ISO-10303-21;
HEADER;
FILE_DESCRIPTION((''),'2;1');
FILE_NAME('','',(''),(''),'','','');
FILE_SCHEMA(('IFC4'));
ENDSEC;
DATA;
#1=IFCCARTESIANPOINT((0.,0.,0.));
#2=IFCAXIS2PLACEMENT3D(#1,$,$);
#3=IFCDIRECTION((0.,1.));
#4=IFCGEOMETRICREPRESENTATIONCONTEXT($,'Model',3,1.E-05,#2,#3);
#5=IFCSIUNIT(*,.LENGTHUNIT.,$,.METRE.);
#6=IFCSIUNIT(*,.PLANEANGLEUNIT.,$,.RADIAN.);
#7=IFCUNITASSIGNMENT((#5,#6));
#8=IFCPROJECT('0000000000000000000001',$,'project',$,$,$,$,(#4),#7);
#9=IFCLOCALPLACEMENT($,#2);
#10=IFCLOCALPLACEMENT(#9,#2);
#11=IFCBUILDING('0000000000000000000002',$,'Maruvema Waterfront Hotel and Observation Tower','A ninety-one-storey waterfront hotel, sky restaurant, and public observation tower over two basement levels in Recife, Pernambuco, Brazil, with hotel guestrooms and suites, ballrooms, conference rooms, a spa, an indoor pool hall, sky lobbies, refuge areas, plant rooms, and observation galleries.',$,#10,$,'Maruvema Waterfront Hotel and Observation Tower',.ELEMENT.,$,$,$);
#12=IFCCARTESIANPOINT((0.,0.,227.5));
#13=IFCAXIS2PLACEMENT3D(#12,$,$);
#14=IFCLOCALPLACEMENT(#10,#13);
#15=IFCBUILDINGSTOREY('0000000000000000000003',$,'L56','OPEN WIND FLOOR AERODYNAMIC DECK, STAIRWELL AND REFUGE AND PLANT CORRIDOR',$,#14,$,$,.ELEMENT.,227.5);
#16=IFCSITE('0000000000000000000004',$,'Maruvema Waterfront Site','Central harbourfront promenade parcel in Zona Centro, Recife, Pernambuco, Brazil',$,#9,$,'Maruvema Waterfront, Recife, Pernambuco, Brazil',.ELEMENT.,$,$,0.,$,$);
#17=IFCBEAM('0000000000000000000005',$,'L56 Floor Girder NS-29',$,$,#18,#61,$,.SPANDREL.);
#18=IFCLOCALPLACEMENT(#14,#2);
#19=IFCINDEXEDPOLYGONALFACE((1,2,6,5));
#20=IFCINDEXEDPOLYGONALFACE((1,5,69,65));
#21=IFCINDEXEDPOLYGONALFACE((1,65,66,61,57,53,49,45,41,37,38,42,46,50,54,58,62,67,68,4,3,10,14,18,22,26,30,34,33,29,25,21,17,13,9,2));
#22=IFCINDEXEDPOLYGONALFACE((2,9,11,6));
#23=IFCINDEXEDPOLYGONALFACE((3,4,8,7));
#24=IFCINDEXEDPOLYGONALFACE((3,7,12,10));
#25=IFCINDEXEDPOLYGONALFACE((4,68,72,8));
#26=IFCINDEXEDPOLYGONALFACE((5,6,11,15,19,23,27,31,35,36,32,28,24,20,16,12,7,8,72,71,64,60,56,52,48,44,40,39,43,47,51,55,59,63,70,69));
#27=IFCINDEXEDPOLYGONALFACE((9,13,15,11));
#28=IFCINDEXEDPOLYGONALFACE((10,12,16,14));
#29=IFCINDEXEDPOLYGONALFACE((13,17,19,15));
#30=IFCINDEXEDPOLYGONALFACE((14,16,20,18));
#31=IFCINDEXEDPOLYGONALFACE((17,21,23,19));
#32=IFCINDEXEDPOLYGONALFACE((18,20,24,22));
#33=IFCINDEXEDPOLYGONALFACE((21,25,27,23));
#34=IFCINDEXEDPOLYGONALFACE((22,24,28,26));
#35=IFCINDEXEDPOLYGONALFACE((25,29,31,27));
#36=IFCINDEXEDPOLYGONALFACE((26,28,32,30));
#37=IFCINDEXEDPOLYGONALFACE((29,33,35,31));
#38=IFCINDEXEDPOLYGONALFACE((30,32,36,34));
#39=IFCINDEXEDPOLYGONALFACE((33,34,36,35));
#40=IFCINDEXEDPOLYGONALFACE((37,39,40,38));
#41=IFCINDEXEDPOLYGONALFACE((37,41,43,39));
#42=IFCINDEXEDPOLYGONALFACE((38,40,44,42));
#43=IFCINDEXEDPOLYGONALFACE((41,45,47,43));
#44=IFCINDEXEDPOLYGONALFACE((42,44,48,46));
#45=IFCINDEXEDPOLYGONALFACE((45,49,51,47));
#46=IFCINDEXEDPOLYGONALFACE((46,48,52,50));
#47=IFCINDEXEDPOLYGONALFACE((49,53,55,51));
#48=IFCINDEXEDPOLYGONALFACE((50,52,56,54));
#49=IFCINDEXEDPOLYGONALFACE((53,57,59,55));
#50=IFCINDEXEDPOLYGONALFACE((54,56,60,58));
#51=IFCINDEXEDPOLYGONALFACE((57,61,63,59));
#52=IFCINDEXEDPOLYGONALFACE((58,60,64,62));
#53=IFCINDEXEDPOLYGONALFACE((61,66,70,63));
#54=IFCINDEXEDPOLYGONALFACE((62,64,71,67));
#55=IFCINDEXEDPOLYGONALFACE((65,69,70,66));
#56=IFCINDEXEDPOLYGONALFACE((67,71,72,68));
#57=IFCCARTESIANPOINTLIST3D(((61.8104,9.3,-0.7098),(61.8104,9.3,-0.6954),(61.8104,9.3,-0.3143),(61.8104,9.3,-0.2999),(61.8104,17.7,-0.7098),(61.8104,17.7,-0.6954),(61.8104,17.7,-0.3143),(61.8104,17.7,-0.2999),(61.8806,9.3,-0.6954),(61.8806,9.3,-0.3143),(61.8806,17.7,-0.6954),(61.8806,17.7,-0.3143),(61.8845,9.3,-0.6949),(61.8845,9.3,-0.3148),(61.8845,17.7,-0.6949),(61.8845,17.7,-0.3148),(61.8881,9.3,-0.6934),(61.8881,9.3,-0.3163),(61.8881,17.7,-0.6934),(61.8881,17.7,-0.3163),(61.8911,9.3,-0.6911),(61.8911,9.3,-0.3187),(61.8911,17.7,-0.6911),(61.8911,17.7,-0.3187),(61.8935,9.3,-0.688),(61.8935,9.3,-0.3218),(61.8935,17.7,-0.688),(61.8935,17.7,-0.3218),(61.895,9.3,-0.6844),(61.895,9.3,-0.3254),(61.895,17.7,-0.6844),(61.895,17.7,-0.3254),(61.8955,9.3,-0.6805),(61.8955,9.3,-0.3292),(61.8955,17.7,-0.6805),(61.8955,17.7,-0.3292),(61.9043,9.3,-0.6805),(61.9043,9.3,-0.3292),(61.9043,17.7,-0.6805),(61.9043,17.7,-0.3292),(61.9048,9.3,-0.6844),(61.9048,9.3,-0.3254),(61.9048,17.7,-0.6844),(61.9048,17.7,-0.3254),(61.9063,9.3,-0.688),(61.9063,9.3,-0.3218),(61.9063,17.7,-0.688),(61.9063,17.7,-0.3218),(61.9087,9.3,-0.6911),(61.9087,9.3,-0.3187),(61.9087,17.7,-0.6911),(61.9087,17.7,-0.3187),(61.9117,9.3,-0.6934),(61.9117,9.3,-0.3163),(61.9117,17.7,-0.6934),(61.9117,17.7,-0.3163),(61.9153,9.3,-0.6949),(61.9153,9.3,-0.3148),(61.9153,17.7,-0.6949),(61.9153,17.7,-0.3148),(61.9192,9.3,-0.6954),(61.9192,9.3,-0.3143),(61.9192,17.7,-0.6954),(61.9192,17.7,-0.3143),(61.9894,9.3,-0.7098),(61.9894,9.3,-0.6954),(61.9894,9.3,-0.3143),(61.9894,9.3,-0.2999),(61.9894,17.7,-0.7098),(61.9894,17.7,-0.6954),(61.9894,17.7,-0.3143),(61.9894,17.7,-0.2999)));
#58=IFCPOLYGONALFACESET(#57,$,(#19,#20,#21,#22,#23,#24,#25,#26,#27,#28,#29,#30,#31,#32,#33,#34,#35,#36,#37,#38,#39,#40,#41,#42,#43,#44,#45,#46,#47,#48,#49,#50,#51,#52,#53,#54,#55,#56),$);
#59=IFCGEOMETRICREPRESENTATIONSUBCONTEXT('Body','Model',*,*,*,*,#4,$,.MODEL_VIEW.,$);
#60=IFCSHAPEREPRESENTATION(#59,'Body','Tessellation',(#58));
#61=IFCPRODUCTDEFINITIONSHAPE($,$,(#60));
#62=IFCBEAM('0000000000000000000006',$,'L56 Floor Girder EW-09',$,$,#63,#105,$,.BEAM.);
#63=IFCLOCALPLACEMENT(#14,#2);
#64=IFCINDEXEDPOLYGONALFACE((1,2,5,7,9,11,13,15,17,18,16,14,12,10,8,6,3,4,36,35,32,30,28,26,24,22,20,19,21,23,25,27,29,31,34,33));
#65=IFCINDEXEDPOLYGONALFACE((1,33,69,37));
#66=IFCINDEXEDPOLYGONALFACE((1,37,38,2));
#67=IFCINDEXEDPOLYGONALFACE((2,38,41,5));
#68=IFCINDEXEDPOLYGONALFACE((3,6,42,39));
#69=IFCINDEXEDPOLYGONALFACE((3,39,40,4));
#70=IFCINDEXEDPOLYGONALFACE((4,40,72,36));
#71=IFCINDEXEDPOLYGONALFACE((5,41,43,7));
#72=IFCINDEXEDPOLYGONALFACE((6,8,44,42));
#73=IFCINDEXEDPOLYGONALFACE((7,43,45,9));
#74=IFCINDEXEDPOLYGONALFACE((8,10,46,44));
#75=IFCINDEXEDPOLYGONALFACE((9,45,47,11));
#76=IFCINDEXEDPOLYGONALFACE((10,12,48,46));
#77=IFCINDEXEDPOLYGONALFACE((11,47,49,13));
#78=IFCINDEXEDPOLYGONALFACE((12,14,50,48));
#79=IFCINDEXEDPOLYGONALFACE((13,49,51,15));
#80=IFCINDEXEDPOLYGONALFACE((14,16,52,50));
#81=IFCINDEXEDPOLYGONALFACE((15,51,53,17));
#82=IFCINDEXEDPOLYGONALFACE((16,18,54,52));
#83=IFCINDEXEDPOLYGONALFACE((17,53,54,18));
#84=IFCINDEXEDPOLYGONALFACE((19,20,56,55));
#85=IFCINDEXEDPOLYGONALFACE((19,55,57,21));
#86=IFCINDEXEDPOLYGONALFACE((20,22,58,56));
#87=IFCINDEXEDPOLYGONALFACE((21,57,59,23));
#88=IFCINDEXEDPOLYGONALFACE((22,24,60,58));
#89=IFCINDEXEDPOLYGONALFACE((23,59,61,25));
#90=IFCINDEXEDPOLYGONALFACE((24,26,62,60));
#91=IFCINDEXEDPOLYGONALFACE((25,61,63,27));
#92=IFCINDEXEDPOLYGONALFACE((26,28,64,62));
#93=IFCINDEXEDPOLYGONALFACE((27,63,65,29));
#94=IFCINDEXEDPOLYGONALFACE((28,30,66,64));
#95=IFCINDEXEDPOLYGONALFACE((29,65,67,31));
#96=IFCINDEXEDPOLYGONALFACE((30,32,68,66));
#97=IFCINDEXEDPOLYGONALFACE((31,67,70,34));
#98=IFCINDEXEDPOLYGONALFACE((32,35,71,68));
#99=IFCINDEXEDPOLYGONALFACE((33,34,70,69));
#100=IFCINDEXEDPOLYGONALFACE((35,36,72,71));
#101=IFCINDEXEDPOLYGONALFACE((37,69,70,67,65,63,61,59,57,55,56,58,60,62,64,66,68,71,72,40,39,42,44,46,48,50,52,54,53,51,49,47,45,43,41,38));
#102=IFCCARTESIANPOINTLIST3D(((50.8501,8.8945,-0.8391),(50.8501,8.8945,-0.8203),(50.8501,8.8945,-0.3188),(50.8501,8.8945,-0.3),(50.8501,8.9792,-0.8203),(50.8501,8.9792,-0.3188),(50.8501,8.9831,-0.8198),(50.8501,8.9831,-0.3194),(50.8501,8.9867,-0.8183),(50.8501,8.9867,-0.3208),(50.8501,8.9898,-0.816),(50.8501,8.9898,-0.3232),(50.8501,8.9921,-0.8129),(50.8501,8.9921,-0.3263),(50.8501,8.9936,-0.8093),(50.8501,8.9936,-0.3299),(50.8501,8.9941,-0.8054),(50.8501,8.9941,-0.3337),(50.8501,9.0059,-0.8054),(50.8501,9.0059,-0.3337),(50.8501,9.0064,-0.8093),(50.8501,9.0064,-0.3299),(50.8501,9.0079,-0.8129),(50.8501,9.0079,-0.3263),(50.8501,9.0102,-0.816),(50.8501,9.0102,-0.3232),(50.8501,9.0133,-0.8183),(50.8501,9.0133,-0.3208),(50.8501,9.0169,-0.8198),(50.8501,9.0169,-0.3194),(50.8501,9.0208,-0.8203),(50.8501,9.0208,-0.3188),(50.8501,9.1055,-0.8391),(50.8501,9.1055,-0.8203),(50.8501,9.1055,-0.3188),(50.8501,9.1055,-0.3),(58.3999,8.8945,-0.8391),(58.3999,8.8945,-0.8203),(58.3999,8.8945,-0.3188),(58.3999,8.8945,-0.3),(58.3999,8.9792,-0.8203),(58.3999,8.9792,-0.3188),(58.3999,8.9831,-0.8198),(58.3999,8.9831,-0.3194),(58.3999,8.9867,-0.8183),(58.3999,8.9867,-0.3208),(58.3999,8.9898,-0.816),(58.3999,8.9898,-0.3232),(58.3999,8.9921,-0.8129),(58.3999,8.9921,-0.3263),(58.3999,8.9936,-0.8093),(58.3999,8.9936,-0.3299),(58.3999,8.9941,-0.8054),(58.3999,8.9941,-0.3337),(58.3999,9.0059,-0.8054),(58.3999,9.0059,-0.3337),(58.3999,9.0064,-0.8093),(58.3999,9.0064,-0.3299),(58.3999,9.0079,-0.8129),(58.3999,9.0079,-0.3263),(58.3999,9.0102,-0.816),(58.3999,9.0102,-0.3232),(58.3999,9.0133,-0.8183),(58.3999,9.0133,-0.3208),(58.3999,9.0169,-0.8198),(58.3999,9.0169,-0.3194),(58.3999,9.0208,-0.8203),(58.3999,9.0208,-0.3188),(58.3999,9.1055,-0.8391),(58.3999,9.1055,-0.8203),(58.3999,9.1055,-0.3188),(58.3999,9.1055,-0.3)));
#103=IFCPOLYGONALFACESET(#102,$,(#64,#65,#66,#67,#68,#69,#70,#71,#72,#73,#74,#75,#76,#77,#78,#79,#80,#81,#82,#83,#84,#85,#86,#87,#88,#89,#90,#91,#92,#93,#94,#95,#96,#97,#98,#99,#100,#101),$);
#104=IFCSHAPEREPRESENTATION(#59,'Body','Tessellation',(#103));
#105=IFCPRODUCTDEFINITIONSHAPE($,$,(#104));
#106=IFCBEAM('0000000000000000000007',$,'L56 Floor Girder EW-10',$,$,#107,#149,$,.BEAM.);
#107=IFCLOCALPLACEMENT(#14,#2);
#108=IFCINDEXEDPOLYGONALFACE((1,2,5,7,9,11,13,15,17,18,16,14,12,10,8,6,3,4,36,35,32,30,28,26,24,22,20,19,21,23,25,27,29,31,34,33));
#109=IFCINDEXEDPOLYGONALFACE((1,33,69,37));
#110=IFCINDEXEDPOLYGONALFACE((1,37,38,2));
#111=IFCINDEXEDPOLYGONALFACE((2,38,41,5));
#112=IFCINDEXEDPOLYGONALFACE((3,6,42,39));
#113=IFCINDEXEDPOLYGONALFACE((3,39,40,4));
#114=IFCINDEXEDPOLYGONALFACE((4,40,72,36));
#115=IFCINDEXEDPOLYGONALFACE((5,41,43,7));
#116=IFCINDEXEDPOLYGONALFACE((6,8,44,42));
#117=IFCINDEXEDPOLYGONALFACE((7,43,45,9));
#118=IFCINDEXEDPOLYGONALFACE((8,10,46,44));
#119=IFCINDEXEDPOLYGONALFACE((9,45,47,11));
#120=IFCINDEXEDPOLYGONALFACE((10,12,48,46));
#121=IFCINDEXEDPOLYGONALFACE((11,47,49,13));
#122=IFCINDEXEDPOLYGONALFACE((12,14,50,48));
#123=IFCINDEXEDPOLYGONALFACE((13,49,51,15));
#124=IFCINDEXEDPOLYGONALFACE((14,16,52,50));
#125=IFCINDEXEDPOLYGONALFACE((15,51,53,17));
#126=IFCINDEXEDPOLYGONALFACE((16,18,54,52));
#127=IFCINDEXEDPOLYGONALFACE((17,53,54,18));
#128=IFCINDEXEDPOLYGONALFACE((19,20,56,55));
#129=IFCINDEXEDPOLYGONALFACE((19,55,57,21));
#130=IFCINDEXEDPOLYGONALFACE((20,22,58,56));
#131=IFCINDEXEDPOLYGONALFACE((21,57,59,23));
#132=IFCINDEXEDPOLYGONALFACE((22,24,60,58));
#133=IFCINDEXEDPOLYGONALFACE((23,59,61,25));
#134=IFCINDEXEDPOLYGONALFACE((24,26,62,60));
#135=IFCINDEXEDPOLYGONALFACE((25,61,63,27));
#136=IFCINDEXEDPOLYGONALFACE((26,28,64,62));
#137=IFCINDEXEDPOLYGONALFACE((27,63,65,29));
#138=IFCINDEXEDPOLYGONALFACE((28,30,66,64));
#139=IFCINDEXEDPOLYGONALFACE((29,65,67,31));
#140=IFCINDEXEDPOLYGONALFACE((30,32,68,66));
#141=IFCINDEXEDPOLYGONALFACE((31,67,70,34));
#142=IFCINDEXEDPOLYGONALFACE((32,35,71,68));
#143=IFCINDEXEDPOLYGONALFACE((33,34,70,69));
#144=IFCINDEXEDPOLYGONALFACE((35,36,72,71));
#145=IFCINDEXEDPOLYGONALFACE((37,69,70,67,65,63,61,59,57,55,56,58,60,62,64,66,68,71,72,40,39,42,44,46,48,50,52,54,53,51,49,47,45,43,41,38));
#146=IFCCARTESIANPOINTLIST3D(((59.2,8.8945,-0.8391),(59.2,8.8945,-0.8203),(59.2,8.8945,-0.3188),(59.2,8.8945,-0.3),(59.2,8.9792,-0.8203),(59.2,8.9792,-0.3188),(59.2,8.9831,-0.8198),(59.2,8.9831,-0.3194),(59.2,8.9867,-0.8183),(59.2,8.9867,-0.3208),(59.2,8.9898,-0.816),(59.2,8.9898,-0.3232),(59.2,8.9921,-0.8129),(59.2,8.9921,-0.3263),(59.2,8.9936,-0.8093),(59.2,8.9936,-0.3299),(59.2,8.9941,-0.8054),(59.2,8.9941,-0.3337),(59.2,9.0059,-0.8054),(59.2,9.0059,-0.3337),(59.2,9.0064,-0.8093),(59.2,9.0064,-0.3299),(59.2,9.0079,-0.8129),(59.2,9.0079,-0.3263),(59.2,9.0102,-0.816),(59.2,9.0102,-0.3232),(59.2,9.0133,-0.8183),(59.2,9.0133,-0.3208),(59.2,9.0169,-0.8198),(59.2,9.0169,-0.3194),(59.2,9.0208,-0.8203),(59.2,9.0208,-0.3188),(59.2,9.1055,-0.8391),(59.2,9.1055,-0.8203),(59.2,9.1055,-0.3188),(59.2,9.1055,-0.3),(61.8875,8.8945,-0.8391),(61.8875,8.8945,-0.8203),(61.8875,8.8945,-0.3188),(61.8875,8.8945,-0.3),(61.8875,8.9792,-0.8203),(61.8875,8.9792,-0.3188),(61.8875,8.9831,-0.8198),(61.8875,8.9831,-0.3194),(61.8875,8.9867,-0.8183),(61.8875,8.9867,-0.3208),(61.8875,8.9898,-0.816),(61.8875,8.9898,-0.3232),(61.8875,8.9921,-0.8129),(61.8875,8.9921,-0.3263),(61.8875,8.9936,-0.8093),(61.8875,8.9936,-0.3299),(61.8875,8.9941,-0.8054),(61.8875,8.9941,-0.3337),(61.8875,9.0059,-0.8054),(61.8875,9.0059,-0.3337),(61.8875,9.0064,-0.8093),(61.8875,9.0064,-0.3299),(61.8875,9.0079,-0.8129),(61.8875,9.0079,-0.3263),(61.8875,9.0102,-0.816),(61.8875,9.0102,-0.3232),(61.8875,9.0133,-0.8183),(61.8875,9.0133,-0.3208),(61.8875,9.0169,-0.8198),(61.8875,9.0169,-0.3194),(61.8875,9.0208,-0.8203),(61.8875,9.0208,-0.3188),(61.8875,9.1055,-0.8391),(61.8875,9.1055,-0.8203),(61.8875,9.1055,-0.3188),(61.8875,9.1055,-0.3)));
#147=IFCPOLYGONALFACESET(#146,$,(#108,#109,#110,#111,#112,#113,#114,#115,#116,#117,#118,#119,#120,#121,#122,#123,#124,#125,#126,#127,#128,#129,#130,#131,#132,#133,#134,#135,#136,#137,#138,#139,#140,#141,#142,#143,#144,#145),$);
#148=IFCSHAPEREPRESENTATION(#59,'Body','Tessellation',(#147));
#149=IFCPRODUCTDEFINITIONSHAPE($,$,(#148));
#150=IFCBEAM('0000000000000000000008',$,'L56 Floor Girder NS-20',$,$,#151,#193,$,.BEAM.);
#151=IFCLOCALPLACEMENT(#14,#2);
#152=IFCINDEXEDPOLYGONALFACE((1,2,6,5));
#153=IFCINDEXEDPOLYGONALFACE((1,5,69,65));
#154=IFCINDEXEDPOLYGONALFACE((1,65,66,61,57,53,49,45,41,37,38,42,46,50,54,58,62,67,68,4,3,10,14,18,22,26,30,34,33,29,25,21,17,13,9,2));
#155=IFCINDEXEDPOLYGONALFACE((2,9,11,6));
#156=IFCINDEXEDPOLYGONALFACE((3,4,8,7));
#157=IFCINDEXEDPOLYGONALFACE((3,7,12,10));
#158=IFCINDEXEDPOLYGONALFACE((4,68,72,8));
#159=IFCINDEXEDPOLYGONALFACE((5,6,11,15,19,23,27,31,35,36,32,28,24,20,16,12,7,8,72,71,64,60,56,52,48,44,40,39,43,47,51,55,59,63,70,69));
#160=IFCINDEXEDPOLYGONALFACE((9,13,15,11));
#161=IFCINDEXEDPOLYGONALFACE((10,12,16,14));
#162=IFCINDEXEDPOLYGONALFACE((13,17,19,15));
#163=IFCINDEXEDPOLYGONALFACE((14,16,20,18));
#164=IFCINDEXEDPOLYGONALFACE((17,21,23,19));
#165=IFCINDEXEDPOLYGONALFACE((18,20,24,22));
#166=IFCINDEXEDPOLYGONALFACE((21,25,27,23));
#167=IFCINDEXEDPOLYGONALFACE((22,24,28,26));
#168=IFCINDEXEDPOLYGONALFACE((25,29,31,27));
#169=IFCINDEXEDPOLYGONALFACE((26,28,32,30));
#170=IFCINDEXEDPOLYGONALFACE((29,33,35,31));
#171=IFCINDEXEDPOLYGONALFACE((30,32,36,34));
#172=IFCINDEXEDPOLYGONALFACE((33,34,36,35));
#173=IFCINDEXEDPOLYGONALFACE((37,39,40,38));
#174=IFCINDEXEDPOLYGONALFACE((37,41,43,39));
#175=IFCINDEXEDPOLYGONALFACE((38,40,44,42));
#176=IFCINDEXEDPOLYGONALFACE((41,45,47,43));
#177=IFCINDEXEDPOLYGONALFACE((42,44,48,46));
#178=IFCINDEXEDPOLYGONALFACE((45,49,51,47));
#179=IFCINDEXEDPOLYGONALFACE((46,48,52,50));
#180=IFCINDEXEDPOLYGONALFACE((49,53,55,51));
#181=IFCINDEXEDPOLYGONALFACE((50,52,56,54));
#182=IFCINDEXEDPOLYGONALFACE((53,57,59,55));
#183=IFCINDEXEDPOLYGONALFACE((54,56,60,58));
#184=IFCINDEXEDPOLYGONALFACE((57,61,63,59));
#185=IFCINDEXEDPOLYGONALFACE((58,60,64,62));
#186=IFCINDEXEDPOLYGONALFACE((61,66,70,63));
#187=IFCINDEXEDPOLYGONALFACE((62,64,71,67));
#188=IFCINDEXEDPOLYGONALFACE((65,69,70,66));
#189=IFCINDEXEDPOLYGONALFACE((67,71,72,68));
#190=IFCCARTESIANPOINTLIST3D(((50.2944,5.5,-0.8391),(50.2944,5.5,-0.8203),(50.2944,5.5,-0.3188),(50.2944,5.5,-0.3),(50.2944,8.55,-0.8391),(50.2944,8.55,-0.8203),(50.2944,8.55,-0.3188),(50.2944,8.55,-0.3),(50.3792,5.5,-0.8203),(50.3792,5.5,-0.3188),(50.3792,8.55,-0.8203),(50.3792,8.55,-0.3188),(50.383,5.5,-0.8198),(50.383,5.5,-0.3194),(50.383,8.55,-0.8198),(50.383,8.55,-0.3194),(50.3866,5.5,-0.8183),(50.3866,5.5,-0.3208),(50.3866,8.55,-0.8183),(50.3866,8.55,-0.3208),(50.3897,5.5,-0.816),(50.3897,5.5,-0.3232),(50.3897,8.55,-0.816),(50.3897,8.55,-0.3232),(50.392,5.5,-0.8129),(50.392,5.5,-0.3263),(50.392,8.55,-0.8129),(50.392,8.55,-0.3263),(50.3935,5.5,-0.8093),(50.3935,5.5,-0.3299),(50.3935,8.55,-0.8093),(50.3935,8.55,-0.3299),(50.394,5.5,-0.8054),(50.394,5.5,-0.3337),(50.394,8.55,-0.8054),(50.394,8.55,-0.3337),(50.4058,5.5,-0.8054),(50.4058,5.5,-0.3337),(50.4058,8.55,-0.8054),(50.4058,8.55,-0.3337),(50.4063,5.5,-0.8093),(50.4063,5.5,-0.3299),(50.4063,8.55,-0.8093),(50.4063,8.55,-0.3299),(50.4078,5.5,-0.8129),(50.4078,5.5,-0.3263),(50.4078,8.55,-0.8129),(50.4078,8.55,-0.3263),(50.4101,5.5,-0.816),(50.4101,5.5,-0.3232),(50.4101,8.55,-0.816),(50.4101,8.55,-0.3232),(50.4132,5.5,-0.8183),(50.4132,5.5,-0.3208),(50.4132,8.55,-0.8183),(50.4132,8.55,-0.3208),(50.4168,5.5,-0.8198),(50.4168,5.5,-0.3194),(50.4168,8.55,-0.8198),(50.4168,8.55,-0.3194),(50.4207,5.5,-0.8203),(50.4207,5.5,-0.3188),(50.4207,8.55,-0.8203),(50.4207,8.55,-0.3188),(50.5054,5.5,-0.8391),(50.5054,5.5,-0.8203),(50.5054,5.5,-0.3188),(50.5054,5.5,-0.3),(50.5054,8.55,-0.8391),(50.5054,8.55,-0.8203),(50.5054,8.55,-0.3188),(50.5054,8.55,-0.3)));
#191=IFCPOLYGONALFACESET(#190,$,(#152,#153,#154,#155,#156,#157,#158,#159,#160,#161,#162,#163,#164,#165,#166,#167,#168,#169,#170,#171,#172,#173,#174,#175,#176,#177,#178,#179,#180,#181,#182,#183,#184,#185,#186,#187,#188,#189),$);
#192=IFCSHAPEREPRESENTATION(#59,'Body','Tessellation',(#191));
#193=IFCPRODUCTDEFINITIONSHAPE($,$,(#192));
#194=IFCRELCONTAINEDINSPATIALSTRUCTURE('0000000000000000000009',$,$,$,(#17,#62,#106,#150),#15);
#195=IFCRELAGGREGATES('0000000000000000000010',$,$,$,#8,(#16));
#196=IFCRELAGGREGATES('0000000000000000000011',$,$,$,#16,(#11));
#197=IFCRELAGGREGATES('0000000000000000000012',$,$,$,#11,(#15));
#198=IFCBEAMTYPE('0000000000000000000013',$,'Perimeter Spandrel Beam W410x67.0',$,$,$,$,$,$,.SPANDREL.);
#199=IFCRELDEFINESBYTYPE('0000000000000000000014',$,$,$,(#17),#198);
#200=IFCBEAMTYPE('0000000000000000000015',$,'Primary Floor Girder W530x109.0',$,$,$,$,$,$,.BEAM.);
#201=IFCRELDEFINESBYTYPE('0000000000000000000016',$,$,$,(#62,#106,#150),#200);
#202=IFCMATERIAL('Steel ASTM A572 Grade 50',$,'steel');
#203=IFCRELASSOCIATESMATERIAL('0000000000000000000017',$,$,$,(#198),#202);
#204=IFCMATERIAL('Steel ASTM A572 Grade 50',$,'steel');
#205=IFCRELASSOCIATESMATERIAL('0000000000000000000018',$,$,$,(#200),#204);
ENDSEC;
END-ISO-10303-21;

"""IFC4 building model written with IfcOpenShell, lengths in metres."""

from ifc_helpers import new_model, si_unit, direction, frame, origin, origin_2d, place, context, subcontext, project, spatial, i_section, extrude, material, material_profile, profile_set, type_object, element, save


model = new_model("IFC4")

# Units and contexts
model_context = context("Model", 3, precision=1e-05, world=origin(), true_north=direction((0.0, 1.0)))
body_context = subcontext(model_context, "Body", "Model", "MODEL_VIEW")
ifc_project = project(units=[si_unit("LENGTHUNIT", "METRE"), si_unit("PLANEANGLEUNIT", "RADIAN")], contexts=[model_context])

# Site, building, storey
site_placement = place(None, origin())
site = spatial("IfcSite", under=ifc_project, at=site_placement, Name="Maruvema Waterfront Site", Description="Central harbourfront promenade parcel in Zona Centro, Recife, Pernambuco, Brazil", LongName="Maruvema Waterfront, Recife, Pernambuco, Brazil", CompositionType="ELEMENT", RefElevation=0.0)
building_placement = place(site_placement, origin())
building = spatial("IfcBuilding", under=site, at=building_placement, Name="Maruvema Waterfront Hotel and Observation Tower", Description="A ninety-one-storey waterfront hotel, sky restaurant, and public observation tower over two basement levels in Recife, Pernambuco, Brazil, with hotel guestrooms and suites, ballrooms, conference rooms, a spa, an indoor pool hall, sky lobbies, refuge areas, plant rooms, and observation galleries.", LongName="Maruvema Waterfront Hotel and Observation Tower", CompositionType="ELEMENT")
storey_placement = place(building_placement, frame((0.0, 0.0, 227.5)))
storey = spatial("IfcBuildingStorey", under=building, at=storey_placement, Name="L56", Description="OPEN WIND FLOOR AERODYNAMIC DECK, STAIRWELL AND REFUGE AND PLANT CORRIDOR", CompositionType="ELEMENT", Elevation=227.5)

# Beams
ifc_material_1 = material(Name="Steel ASTM A572 Grade 50", Category="steel")
ifc_material_profile_1 = material_profile(ifc_material_1, i_section(OverallWidth=0.179, OverallDepth=0.4099, WebThickness=0.0088, FlangeThickness=0.0144, FilletRadius=0.0149, at=origin_2d()), Name="W410x67.0")
ifc_profile_set_1 = profile_set([ifc_material_profile_1], Name="Steel ASTM A572 Grade 50")
beam_type_1 = type_object("IfcBeamType", Name="Perimeter Spandrel Beam W410x67.0", PredefinedType="SPANDREL", material=ifc_profile_set_1)
beam_1_placement = place(storey_placement, frame((61.8999, 9.3, -0.5049), z_axis=(0.0, 1.0, 0.0), x_axis=(-1.0, 0.0, 0.0)))
element("IfcBeam", 1, at=beam_1_placement, inside=storey, type_object=beam_type_1, Name="L56 Floor Girder NS-29", PredefinedType="SPANDREL", context=body_context, shape_type="SweptSolid", body=[
    extrude(i_section(OverallWidth=0.179, OverallDepth=0.4099, WebThickness=0.0088, FlangeThickness=0.0144, FilletRadius=0.0149, at=origin_2d()), origin(), (0.0, 0.0, 1.0), 8.3999),
])
ifc_material_2 = material(Name="Steel ASTM A572 Grade 50", Category="steel")
ifc_material_profile_2 = material_profile(ifc_material_2, i_section(OverallWidth=0.2109, OverallDepth=0.5391, WebThickness=0.0117, FlangeThickness=0.0188, FilletRadius=0.0149, at=origin_2d()), Name="W530x109.0")
ifc_profile_set_2 = profile_set([ifc_material_profile_2], Name="Steel ASTM A572 Grade 50")
beam_type_2 = type_object("IfcBeamType", Name="Primary Floor Girder W530x109.0", PredefinedType="BEAM", material=ifc_profile_set_2)
beam_2_placement = place(storey_placement, frame((50.8501, 9.0, -0.5696), z_axis=(1.0, 0.0, 0.0), x_axis=(0.0, 1.0, 0.0)))
element("IfcBeam", 2, at=beam_2_placement, inside=storey, type_object=beam_type_2, Name="L56 Floor Girder EW-09", PredefinedType="BEAM", context=body_context, shape_type="SweptSolid", body=[
    extrude(i_section(OverallWidth=0.2109, OverallDepth=0.5391, WebThickness=0.0117, FlangeThickness=0.0188, FilletRadius=0.0149, at=origin_2d()), origin(), (0.0, 0.0, 1.0), 7.5498),
])
beam_3_placement = place(storey_placement, frame((59.2, 9.0, -0.5696), z_axis=(1.0, 0.0, 0.0), x_axis=(0.0, 1.0, 0.0)))
element("IfcBeam", 3, at=beam_3_placement, inside=storey, type_object=beam_type_2, Name="L56 Floor Girder EW-10", PredefinedType="BEAM", context=body_context, shape_type="SweptSolid", body=[
    extrude(i_section(OverallWidth=0.2109, OverallDepth=0.5391, WebThickness=0.0117, FlangeThickness=0.0188, FilletRadius=0.0149, at=origin_2d()), origin(), (0.0, 0.0, 1.0), 2.6875),
])
beam_4_placement = place(storey_placement, frame((50.3999, 5.5, -0.5696), z_axis=(0.0, 1.0, 0.0), x_axis=(-1.0, 0.0, 0.0)))
element("IfcBeam", 4, at=beam_4_placement, inside=storey, type_object=beam_type_2, Name="L56 Floor Girder NS-20", PredefinedType="BEAM", context=body_context, shape_type="SweptSolid", body=[
    extrude(i_section(OverallWidth=0.2109, OverallDepth=0.5391, WebThickness=0.0117, FlangeThickness=0.0188, FilletRadius=0.0149, at=origin_2d()), origin(), (0.0, 0.0, 1.0), 3.05),
])

save(model, "model.ifc")
